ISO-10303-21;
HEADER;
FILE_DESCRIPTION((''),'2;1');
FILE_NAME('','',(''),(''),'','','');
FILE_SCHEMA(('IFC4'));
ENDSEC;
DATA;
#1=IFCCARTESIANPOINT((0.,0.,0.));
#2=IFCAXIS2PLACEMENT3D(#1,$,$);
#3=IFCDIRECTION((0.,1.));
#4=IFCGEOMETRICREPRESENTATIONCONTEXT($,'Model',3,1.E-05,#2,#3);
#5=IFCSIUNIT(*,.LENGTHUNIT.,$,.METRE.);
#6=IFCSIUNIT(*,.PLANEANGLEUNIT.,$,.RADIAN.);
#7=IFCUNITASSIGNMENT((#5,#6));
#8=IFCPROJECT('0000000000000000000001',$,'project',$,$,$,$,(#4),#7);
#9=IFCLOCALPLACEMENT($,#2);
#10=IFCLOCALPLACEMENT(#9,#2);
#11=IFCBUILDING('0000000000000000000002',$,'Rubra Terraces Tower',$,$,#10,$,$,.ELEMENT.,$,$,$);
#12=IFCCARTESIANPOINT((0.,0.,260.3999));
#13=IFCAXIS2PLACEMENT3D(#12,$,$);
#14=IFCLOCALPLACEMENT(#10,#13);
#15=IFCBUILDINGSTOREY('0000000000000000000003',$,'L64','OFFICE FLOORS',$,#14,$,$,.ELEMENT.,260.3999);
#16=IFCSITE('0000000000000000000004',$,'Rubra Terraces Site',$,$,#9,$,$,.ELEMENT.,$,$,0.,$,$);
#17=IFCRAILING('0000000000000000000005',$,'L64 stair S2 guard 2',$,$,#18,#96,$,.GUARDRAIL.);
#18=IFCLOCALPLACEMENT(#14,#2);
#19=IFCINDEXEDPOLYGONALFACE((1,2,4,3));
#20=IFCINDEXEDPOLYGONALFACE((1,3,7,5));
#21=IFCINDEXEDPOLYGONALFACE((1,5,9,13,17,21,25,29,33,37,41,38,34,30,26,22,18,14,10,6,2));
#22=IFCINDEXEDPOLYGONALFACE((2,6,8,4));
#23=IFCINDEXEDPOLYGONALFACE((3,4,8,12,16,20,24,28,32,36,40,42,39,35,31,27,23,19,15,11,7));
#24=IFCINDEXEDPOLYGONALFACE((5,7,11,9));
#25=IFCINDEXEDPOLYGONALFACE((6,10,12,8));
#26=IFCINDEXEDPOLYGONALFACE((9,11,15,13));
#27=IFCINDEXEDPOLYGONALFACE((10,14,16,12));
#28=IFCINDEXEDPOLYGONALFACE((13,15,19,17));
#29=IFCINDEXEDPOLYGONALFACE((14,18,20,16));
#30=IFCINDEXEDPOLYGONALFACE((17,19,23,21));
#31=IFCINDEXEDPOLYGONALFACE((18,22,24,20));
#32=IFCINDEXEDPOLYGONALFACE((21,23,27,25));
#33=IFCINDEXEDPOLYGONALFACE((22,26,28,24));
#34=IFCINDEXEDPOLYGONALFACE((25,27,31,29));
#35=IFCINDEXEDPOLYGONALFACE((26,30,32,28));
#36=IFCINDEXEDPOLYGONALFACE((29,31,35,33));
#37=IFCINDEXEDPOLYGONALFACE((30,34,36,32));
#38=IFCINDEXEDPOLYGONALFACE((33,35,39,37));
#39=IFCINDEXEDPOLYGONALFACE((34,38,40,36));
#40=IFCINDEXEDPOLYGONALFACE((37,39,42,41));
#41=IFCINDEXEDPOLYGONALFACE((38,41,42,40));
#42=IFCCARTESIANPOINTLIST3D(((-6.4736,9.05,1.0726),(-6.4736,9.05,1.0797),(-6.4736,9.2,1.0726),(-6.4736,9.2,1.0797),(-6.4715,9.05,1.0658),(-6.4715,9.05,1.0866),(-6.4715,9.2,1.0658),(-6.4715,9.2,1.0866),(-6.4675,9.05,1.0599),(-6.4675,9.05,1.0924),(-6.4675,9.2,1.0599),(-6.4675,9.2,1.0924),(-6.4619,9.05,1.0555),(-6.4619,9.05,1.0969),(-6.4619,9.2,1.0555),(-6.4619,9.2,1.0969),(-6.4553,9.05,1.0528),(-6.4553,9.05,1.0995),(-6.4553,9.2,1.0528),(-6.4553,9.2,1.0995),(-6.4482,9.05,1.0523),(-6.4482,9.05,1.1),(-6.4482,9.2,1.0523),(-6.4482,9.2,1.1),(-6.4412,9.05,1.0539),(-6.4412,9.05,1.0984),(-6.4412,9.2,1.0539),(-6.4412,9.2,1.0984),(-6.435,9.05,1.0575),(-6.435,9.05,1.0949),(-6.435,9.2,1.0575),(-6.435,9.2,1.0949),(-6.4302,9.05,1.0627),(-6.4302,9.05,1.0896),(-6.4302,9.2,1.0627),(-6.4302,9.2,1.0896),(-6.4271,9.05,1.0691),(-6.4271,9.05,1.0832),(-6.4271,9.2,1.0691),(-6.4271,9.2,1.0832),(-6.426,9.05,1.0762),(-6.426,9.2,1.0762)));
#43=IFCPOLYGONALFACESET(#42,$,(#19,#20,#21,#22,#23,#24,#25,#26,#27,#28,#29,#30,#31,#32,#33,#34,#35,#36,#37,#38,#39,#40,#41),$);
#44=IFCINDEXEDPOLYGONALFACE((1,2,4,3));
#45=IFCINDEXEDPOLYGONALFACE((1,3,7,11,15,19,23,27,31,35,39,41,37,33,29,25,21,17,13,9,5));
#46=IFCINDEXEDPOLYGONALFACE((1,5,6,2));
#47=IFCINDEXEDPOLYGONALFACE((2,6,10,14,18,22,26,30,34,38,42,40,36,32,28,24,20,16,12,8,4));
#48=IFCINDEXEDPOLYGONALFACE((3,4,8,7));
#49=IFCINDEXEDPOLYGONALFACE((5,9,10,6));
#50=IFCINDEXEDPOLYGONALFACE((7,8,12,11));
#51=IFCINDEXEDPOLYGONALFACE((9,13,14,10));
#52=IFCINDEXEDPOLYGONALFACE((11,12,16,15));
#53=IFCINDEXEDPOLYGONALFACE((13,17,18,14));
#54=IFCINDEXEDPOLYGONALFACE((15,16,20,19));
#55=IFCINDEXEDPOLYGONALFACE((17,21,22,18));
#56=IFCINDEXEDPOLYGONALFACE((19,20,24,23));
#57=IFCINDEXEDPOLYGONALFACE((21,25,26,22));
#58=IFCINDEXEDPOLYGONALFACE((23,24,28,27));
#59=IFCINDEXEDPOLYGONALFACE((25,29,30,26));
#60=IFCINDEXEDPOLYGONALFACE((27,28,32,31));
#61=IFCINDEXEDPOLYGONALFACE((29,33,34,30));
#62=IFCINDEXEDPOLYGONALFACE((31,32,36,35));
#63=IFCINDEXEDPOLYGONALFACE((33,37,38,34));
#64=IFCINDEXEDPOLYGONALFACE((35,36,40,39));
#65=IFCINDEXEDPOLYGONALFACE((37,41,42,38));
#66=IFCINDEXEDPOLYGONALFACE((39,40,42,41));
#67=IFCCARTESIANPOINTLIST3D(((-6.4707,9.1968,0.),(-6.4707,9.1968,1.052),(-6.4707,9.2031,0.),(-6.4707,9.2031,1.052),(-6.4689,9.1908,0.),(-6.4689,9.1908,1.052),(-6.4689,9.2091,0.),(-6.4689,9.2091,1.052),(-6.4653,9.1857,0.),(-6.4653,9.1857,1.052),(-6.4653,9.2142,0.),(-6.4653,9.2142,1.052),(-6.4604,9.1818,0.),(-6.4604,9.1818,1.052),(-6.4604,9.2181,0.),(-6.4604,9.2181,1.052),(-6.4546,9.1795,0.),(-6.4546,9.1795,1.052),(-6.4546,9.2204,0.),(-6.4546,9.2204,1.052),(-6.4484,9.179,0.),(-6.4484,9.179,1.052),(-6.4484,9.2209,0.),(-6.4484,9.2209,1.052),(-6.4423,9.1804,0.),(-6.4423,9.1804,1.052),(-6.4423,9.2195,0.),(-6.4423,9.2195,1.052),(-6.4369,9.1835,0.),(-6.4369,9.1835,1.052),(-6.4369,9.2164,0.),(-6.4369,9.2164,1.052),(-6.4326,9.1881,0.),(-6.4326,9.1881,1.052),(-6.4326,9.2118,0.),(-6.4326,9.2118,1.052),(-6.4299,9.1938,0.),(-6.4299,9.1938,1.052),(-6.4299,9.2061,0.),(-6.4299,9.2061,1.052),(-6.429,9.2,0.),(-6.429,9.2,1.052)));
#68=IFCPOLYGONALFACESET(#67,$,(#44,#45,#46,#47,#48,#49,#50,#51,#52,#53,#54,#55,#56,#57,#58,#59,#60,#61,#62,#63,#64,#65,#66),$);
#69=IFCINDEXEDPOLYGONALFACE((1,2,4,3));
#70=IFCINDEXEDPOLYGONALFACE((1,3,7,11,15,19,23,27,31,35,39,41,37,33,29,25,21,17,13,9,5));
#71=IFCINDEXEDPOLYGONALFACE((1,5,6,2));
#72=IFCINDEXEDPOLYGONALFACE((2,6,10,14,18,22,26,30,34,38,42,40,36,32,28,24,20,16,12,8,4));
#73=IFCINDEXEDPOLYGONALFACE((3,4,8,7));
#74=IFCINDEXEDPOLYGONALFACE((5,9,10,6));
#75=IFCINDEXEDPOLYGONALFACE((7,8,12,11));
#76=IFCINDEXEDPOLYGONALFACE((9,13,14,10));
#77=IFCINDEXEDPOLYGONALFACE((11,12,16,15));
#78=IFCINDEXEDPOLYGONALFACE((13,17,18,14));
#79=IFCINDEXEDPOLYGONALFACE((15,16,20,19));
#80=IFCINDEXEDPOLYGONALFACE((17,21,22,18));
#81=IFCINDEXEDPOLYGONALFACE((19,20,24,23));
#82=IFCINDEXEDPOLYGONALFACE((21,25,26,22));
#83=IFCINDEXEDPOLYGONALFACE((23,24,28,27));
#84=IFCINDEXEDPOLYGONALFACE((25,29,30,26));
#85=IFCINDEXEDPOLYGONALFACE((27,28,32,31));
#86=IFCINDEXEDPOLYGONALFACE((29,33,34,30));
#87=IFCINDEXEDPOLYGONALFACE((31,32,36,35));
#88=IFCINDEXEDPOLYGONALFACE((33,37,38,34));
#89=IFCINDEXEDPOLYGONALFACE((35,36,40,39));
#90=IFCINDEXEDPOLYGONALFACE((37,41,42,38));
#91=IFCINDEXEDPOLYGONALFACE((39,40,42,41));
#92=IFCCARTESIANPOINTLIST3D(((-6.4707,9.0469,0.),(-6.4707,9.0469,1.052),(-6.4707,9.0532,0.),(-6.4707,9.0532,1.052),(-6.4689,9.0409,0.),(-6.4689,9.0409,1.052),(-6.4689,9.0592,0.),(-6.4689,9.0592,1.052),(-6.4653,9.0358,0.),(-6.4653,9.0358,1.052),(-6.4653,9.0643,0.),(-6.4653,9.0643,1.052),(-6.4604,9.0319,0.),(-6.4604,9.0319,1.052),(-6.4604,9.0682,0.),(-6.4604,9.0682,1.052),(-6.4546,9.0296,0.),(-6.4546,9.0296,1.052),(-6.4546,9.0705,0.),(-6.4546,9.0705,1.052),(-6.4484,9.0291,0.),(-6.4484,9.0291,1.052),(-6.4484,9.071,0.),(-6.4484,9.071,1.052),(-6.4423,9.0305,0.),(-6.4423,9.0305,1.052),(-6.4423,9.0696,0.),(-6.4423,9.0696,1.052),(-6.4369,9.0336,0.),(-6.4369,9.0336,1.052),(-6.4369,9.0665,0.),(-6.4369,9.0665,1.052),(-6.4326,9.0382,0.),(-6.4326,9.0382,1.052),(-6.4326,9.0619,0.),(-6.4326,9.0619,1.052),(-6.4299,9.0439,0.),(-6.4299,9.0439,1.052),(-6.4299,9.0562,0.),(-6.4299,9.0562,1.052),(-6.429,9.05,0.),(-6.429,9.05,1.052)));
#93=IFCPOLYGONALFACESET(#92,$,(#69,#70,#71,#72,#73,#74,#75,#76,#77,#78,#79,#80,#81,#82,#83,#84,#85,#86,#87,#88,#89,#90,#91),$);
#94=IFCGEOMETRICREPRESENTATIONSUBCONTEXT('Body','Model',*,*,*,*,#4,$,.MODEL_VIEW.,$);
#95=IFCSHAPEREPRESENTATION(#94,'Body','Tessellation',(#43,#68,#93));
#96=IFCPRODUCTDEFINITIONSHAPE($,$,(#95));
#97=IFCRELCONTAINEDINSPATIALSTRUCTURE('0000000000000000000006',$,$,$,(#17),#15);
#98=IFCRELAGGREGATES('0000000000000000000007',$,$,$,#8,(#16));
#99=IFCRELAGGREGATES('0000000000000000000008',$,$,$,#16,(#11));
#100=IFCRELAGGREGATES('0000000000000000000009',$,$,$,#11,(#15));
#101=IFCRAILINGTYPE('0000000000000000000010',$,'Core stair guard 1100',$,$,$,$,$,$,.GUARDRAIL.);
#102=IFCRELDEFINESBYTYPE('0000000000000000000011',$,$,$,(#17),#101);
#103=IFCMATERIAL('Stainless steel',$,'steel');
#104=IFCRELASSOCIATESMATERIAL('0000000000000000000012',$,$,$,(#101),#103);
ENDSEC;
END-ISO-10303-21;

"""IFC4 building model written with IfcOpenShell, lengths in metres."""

from ifc_helpers import new_model, si_unit, direction, frame, origin, origin_2d, place, context, subcontext, project, spatial, circle, extrude, material, type_object, element, save


model = new_model("IFC4")

# Units and contexts
model_context = context("Model", 3, precision=1e-05, world=origin(), true_north=direction((0.0, 1.0)))
body_context = subcontext(model_context, "Body", "Model", "MODEL_VIEW")
ifc_project = project(units=[si_unit("LENGTHUNIT", "METRE"), si_unit("PLANEANGLEUNIT", "RADIAN")], contexts=[model_context])

# Site, building, storey
site_placement = place(None, origin())
site = spatial("IfcSite", under=ifc_project, at=site_placement, Name="Rubra Terraces Site", CompositionType="ELEMENT", RefElevation=0.0)
building_placement = place(site_placement, origin())
building = spatial("IfcBuilding", under=site, at=building_placement, Name="Rubra Terraces Tower", CompositionType="ELEMENT")
storey_placement = place(building_placement, frame((0.0, 0.0, 260.3999)))
storey = spatial("IfcBuildingStorey", under=building, at=storey_placement, Name="L64", Description="OFFICE FLOORS", CompositionType="ELEMENT", Elevation=260.3999)

# Shared definitions
ifc_material_1 = material(Name="Stainless steel", Category="steel")

# Railing
railing_type_1 = type_object("IfcRailingType", Name="Core stair guard 1100", PredefinedType="GUARDRAIL", material=ifc_material_1)
railing_1_placement = place(storey_placement, frame((-6.45, 9.2, 0.0)))
element("IfcRailing", 1, at=railing_1_placement, inside=storey, type_object=railing_type_1, Name="L64 stair S2 guard 2", PredefinedType="GUARDRAIL", context=body_context, shape_type="SweptSolid", body=[
    extrude(circle(Radius=0.0239, at=origin_2d()), frame((0.0, 0.0, 1.0762), z_axis=(0.0, -1.0, 0.0), x_axis=(1.0, 0.0, 0.0)), (0.0, 0.0, 1.0), 0.1499),
    extrude(circle(Radius=0.021, at=origin_2d()), origin(), (0.0, 0.0, 1.0), 1.052),
    extrude(circle(Radius=0.021, at=origin_2d()), frame((0.0, -0.1499, 0.0)), (0.0, 0.0, 1.0), 1.052),
])

save(model, "model.ifc")
